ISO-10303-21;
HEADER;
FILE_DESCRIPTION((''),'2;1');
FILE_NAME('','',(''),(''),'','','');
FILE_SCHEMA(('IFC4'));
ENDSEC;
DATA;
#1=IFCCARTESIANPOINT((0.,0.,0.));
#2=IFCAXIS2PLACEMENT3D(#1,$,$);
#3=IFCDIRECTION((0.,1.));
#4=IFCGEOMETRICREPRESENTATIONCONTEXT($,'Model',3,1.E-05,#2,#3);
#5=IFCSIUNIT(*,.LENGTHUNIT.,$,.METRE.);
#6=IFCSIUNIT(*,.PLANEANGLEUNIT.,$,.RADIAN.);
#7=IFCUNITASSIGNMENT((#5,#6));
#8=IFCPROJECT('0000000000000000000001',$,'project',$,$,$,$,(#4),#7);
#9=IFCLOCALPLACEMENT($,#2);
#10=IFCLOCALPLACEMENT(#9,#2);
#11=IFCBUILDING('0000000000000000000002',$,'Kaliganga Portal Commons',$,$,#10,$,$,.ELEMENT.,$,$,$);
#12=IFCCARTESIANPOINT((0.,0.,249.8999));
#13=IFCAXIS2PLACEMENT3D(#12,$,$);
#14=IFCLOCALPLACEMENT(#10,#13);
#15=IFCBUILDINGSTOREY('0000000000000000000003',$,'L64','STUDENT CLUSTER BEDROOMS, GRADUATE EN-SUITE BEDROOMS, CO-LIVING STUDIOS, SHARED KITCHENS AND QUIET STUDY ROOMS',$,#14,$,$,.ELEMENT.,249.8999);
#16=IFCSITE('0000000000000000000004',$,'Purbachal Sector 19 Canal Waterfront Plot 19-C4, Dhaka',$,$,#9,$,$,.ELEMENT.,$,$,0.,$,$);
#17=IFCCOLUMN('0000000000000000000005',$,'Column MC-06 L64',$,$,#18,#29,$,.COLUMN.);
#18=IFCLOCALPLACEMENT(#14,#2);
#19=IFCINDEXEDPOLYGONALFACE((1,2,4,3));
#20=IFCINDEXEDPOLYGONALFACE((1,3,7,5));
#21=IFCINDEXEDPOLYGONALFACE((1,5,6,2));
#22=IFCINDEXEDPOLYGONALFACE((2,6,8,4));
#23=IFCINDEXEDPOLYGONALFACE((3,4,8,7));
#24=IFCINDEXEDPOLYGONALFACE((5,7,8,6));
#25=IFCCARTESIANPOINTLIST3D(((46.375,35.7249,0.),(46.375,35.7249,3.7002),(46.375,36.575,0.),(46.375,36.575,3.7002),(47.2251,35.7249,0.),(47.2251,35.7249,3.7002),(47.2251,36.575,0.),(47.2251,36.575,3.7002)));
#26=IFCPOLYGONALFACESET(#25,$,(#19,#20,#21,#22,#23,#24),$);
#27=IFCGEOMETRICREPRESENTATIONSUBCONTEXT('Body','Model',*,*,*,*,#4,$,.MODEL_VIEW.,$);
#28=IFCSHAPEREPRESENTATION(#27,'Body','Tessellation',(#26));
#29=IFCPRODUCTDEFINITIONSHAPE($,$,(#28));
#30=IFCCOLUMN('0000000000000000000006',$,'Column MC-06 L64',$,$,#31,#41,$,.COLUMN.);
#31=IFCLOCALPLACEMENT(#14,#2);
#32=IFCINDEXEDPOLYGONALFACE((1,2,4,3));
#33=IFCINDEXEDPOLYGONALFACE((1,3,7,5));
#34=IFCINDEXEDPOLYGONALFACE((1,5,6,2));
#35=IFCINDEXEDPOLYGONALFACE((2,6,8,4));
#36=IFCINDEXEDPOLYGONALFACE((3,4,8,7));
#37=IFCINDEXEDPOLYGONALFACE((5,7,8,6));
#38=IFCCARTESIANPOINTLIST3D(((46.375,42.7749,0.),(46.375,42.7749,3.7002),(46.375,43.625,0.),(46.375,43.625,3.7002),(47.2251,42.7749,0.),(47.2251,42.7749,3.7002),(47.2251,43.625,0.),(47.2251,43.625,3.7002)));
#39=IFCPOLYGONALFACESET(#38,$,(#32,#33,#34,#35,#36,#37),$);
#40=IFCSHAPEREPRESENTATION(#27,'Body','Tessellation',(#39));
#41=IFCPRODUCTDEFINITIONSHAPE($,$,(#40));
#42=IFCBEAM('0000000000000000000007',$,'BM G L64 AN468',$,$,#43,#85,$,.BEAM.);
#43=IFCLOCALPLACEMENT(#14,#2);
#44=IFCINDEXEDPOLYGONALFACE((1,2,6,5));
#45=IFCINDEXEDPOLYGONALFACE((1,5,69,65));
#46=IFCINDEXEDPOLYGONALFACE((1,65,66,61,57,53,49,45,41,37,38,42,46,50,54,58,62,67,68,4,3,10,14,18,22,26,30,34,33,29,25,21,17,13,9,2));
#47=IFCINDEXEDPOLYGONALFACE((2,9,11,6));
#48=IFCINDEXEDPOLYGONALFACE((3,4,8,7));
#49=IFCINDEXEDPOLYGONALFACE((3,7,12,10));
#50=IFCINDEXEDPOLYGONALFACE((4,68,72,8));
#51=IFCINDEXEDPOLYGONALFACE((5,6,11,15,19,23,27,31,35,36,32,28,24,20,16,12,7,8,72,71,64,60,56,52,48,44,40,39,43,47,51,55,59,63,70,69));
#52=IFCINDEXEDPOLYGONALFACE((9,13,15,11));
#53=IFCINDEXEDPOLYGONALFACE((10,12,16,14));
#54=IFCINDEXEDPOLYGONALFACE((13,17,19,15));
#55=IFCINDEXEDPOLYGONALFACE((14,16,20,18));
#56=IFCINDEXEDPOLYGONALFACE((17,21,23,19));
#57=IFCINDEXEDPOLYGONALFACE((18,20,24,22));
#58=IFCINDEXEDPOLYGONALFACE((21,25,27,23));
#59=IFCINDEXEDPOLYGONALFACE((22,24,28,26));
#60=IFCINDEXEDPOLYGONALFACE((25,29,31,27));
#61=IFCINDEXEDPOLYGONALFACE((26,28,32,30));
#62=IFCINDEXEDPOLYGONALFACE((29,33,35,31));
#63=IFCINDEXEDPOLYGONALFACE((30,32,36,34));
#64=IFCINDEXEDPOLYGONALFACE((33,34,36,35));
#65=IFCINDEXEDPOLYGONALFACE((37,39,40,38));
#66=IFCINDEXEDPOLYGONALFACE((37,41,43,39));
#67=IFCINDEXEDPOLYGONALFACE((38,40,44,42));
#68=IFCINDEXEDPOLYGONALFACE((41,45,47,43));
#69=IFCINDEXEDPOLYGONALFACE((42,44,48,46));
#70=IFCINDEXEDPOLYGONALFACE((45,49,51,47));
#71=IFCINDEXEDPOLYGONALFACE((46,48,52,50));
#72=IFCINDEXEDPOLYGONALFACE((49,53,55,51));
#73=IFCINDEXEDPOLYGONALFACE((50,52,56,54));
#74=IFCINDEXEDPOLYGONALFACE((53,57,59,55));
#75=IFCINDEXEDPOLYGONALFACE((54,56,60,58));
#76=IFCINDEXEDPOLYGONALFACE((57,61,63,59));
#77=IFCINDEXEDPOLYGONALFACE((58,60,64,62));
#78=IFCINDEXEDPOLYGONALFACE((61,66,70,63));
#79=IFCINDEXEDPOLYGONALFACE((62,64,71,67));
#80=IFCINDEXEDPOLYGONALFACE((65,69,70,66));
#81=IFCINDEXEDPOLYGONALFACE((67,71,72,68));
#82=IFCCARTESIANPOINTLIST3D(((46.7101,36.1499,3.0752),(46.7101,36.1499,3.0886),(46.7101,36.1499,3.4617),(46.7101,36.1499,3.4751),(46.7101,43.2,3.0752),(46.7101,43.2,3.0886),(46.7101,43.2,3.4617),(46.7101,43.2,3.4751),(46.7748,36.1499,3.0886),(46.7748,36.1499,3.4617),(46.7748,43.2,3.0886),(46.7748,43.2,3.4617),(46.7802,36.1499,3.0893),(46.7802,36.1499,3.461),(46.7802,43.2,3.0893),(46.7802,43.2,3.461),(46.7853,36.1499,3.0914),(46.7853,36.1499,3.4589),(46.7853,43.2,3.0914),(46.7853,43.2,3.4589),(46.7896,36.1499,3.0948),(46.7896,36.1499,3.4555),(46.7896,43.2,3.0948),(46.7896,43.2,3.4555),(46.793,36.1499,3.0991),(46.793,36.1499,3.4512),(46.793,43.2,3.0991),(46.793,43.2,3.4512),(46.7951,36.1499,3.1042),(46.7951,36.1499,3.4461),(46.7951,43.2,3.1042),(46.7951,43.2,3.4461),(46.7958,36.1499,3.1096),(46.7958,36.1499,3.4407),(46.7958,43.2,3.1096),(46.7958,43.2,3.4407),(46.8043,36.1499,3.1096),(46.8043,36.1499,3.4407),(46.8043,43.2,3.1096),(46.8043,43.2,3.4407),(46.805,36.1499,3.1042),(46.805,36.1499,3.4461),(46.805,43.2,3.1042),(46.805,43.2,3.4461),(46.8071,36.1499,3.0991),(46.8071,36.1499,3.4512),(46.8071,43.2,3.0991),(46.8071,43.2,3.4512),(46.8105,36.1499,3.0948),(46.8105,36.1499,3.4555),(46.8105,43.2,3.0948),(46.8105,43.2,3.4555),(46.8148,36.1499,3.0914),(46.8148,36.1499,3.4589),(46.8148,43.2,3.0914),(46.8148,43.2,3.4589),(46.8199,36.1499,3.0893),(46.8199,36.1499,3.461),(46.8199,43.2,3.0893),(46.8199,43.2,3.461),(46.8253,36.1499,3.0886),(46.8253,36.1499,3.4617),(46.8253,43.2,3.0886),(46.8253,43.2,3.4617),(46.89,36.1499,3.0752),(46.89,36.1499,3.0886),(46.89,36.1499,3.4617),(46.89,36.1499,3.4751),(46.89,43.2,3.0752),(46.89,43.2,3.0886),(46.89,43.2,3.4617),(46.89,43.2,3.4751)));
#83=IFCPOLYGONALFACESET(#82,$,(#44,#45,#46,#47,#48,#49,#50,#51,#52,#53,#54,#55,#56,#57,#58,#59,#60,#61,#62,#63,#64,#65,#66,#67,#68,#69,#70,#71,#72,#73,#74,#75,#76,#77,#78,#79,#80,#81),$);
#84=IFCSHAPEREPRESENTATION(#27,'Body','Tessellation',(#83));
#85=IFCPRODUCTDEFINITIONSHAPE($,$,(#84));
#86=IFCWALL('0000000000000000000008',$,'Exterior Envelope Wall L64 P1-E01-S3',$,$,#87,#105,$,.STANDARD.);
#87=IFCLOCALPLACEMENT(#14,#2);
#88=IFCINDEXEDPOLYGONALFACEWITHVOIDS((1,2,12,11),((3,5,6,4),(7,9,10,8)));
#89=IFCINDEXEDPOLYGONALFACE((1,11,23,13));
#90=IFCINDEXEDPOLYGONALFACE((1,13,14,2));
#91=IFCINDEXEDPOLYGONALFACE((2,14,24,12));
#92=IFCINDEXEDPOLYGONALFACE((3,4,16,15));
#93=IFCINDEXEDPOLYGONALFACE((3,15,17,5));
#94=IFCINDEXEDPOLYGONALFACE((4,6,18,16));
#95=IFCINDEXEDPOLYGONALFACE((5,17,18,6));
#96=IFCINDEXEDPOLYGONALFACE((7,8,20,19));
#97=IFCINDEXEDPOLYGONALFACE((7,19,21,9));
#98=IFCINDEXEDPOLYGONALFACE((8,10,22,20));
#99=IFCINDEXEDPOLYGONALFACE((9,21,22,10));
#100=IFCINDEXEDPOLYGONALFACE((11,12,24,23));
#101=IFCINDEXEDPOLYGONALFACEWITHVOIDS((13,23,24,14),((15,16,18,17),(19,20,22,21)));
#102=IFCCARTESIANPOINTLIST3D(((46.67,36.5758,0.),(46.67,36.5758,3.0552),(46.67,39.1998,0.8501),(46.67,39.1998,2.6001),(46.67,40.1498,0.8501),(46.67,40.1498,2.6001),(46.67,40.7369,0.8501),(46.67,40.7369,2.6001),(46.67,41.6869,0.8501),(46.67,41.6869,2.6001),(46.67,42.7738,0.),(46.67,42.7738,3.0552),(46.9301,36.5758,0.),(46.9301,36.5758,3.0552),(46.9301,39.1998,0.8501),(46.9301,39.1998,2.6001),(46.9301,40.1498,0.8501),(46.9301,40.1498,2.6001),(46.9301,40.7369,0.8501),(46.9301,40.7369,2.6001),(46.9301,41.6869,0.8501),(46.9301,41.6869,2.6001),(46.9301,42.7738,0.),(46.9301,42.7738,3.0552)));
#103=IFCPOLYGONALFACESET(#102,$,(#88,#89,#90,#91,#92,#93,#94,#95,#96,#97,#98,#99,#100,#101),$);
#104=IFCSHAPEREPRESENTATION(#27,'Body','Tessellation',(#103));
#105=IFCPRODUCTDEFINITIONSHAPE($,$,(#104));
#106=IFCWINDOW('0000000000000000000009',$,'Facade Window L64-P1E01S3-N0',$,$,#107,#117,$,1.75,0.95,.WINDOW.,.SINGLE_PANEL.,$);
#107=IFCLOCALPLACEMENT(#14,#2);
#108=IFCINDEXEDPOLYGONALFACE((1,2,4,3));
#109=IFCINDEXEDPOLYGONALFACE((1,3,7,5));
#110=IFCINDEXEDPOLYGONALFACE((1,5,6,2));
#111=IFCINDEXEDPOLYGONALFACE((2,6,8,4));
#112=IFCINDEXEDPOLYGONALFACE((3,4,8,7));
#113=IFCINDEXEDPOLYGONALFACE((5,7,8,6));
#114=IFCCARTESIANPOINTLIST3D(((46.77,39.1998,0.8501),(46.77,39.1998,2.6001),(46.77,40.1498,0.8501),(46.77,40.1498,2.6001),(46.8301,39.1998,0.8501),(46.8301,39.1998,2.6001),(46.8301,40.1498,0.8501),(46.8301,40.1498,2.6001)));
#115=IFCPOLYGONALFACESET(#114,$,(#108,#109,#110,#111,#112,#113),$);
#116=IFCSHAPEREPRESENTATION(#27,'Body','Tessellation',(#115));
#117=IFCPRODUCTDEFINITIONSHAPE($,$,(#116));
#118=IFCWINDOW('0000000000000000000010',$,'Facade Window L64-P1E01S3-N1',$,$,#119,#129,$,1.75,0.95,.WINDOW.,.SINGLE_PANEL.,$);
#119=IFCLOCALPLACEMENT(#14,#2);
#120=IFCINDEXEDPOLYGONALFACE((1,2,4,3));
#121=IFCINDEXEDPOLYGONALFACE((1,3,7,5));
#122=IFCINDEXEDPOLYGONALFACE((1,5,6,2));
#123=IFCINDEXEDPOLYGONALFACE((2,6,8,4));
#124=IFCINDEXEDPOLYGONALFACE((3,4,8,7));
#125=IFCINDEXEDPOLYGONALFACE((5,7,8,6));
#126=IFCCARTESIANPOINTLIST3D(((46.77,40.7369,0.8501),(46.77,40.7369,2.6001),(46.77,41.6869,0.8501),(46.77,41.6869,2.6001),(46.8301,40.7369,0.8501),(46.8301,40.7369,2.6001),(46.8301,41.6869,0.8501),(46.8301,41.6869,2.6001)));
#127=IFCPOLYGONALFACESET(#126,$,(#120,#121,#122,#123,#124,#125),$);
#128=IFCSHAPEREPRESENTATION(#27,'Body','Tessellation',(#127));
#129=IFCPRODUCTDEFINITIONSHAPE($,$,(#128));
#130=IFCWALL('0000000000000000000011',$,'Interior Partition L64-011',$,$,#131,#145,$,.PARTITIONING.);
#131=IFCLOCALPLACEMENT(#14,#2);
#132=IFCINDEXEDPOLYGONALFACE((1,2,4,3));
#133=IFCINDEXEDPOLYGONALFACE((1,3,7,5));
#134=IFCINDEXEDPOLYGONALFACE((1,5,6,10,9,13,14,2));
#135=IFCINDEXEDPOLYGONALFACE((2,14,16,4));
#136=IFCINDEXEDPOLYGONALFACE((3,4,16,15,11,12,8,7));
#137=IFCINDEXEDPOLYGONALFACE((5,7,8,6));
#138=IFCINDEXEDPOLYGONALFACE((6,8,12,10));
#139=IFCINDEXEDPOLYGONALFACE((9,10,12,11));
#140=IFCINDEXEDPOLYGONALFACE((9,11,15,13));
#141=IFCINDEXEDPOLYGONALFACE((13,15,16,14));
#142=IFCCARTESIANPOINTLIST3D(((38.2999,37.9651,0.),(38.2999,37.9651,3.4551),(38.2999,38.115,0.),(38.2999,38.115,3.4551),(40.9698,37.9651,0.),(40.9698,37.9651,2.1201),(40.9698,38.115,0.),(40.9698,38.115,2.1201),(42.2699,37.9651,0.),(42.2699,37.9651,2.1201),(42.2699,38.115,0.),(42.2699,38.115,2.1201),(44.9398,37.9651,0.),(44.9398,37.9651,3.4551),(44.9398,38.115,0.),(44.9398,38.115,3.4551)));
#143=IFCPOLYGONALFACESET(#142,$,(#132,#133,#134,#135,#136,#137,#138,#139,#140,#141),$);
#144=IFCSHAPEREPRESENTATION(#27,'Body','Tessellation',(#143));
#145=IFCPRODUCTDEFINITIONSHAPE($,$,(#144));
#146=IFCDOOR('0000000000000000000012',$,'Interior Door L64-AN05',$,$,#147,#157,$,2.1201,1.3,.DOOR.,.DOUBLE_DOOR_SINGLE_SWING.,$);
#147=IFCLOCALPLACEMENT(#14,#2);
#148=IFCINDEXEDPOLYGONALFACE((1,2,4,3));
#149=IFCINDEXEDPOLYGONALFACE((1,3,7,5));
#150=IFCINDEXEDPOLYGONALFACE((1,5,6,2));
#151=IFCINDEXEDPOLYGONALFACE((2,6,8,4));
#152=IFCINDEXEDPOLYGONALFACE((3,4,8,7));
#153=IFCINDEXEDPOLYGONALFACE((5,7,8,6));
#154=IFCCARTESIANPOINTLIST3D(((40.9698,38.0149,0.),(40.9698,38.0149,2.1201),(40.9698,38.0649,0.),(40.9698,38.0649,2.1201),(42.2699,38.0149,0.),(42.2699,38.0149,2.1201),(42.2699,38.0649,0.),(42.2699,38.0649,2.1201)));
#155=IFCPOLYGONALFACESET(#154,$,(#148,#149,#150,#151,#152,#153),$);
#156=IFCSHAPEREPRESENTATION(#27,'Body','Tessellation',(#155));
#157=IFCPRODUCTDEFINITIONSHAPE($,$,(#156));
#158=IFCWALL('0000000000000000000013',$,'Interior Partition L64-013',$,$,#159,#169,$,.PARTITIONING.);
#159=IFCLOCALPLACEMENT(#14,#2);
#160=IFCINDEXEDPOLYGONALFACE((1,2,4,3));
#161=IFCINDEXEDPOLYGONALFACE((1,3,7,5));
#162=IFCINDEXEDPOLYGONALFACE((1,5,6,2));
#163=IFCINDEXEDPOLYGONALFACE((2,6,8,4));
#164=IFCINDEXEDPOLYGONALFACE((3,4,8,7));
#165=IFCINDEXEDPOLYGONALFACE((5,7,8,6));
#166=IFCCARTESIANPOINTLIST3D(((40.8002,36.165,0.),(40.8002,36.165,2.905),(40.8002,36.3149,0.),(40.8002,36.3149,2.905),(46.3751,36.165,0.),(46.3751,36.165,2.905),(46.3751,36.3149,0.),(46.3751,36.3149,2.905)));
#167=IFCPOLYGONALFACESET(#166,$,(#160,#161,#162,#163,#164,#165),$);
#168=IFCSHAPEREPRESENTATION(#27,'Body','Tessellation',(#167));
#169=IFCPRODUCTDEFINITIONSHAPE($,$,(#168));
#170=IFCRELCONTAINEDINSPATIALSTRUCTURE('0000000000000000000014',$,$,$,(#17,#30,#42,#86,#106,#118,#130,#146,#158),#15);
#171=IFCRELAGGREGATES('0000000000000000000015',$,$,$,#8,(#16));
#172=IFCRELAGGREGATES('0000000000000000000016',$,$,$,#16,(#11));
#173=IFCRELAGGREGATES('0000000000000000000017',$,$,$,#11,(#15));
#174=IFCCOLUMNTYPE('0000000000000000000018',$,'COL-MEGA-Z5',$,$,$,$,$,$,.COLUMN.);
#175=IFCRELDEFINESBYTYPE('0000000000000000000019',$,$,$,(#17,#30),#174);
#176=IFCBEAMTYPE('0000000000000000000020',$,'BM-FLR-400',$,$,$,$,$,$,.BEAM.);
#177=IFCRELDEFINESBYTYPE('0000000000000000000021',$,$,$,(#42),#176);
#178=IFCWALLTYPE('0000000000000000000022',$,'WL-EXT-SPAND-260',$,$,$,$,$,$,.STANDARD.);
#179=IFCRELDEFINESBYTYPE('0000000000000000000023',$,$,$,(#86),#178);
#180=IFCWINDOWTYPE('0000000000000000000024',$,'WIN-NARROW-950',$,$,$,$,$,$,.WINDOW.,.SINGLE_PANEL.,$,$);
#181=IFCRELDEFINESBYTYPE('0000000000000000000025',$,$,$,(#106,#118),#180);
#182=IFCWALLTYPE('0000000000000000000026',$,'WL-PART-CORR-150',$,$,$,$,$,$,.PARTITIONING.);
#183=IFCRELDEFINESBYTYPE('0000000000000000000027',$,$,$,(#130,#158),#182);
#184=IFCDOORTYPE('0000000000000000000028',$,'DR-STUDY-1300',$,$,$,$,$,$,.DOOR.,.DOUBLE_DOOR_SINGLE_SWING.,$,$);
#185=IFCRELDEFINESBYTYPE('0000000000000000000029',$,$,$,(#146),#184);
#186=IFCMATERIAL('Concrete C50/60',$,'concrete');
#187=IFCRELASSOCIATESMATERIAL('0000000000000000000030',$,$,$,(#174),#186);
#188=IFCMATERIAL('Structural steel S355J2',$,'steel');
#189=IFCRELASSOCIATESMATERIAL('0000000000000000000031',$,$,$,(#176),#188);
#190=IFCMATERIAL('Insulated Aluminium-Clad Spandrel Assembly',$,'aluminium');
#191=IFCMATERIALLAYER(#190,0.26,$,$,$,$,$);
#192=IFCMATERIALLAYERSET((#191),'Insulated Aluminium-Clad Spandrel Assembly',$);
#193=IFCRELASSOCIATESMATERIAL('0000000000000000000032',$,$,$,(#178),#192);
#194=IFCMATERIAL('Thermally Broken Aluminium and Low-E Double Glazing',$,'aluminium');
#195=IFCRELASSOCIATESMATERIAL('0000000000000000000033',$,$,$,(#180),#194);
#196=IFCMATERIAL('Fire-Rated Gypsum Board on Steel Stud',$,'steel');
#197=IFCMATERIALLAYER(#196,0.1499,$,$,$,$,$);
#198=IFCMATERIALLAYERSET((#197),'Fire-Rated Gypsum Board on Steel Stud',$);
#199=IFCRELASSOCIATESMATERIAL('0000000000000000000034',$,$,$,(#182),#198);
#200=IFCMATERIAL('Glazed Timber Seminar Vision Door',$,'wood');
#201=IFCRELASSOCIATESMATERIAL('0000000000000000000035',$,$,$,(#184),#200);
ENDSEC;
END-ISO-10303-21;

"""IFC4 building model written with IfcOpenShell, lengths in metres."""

from ifc_helpers import new_model, si_unit, direction, frame, frame_2d, origin, origin_2d, place, context, subcontext, project, spatial, rectangle, i_section, extrude, source, transform, mapped, material, layer, layer_set, material_profile, profile_set, type_object, element, fill, save


model = new_model("IFC4")

# Units and contexts
model_context = context("Model", 3, precision=1e-05, world=origin(), true_north=direction((0.0, 1.0)))
body_context = subcontext(model_context, "Body", "Model", "MODEL_VIEW")
ifc_project = project(units=[si_unit("LENGTHUNIT", "METRE"), si_unit("PLANEANGLEUNIT", "RADIAN")], contexts=[model_context])

# Site, building, storey
site_placement = place(None, origin())
site = spatial("IfcSite", under=ifc_project, at=site_placement, Name="Purbachal Sector 19 Canal Waterfront Plot 19-C4, Dhaka", CompositionType="ELEMENT", RefElevation=0.0)
building_placement = place(site_placement, origin())
building = spatial("IfcBuilding", under=site, at=building_placement, Name="Kaliganga Portal Commons", CompositionType="ELEMENT")
storey_placement = place(building_placement, frame((0.0, 0.0, 249.8999)))
storey = spatial("IfcBuildingStorey", under=building, at=storey_placement, Name="L64", Description="STUDENT CLUSTER BEDROOMS, GRADUATE EN-SUITE BEDROOMS, CO-LIVING STUDIOS, SHARED KITCHENS AND QUIET STUDY ROOMS", CompositionType="ELEMENT", Elevation=249.8999)

# Columns
ifc_material_1 = material(Name="Concrete C50/60", Category="concrete")
ifc_material_profile_1 = material_profile(ifc_material_1, rectangle(XDim=0.8501, YDim=0.8501, at=origin_2d()), Name="RC 850x850")
ifc_profile_set_1 = profile_set([ifc_material_profile_1], Name="Concrete C50/60")
column_type = type_object("IfcColumnType", Name="COL-MEGA-Z5", PredefinedType="COLUMN", material=ifc_profile_set_1)
shared_shape_1 = source(origin(), body_context, "Body", "SweptSolid", [
    extrude(rectangle(XDim=0.8501, YDim=0.8501, at=origin_2d()), origin(), (0.0, 0.0, 1.0), 3.7002),
])
for number, where, z_axis, x_axis, name in (
    (1, (46.8, 36.1499, 0.0), (0.0, 0.0, 1.0), (1.0, 0.0, 0.0), "Column MC-06 L64"),
    (2, (46.8, 43.2, 0.0), (0.0, 0.0, 1.0), (1.0, 0.0, 0.0), "Column MC-06 L64"),
):
    element("IfcColumn", number, at=place(storey_placement, frame(where, z_axis=z_axis, x_axis=x_axis)), inside=storey, type_object=column_type, Name=name, PredefinedType="COLUMN", context=body_context, shape_type="MappedRepresentation", body=[
        mapped(shared_shape_1, transform((0.0, 0.0, 0.0), x_axis=(1.0, 0.0, 0.0), y_axis=(0.0, 1.0, 0.0), z_axis=(0.0, 0.0, 1.0), scale=1.0)),
    ])

# Beam
ifc_material_2 = material(Name="Structural steel S355J2", Category="steel")
ifc_material_profile_2 = material_profile(ifc_material_2, i_section(OverallWidth=0.1799, OverallDepth=0.3999, WebThickness=0.0085, FlangeThickness=0.0134, FilletRadius=0.021, at=origin_2d()), Name="IPE 400")
ifc_profile_set_2 = profile_set([ifc_material_profile_2], Name="Structural steel S355J2 wide-flange")
beam_type = type_object("IfcBeamType", Name="BM-FLR-400", PredefinedType="BEAM", material=ifc_profile_set_2)
shared_shape_2 = source(origin(), body_context, "Body", "SweptSolid", [
    extrude(i_section(OverallWidth=0.1799, OverallDepth=0.3999, WebThickness=0.0085, FlangeThickness=0.0134, FilletRadius=0.021, at=origin_2d()), origin(), (0.0, 0.0, 1.0), 7.05),
])
beam_placement = place(storey_placement, frame((46.8, 36.1499, 3.2751), z_axis=(0.0, 1.0, 0.0), x_axis=(-1.0, 0.0, 0.0)))
element("IfcBeam", 3, at=beam_placement, inside=storey, type_object=beam_type, Name="BM G L64 AN468", PredefinedType="BEAM", context=body_context, shape_type="MappedRepresentation", body=[
    mapped(shared_shape_2, transform((0.0, 0.0, 0.0), x_axis=(1.0, 0.0, 0.0), y_axis=(0.0, 1.0, 0.0), z_axis=(0.0, 0.0, 1.0), scale=1.0)),
])

# Wall, openings, windows
ifc_material_3 = material(Name="Insulated Aluminium-Clad Spandrel Assembly", Category="aluminium")
ifc_layer_1 = layer(ifc_material_3, 0.26)
ifc_layer_set_1 = layer_set([ifc_layer_1], Name="Insulated Aluminium-Clad Spandrel Assembly")
wall_type_1 = type_object("IfcWallType", Name="WL-EXT-SPAND-260", PredefinedType="STANDARD", material=ifc_layer_set_1)
wall_1_placement = place(storey_placement, frame((46.8, 42.7739, 0.0), z_axis=(0.0, 0.0, 1.0), x_axis=(0.0, -1.0, 0.0)))
wall_1 = element("IfcWall", 4, at=wall_1_placement, inside=storey, type_object=wall_type_1, Name="Exterior Envelope Wall L64 P1-E01-S3", PredefinedType="STANDARD", context=body_context, shape_type="SweptSolid", body=[
    extrude(rectangle(XDim=6.198, YDim=0.26, at=frame_2d((3.0991, 0.0))), origin(), (0.0, 0.0, 1.0), 3.0552),
])
opening_1_placement = place(wall_1_placement, frame((2.624, 0.0, 0.8501)))
opening_1 = element("IfcOpeningElement", 5, at=opening_1_placement, cuts=wall_1, PredefinedType="OPENING", context=body_context, shape_type="SweptSolid", body=[
    extrude(rectangle(XDim=0.95, YDim=1.75, at=frame_2d((0.4751, 0.875))), frame((0.0, 0.1401, 0.0), z_axis=(0.0, -1.0, 0.0), x_axis=(1.0, 0.0, 0.0)), (0.0, 0.0, 1.0), 0.28),
])
opening_2_placement = place(wall_1_placement, frame((1.0869, 0.0, 0.8501)))
opening_2 = element("IfcOpeningElement", 6, at=opening_2_placement, cuts=wall_1, PredefinedType="OPENING", context=body_context, shape_type="SweptSolid", body=[
    extrude(rectangle(XDim=0.95, YDim=1.75, at=frame_2d((0.4751, 0.875))), frame((0.0, 0.1401, 0.0), z_axis=(0.0, -1.0, 0.0), x_axis=(1.0, 0.0, 0.0)), (0.0, 0.0, 1.0), 0.28),
])
ifc_material_4 = material(Name="Thermally Broken Aluminium and Low-E Double Glazing", Category="aluminium")
window_type = type_object("IfcWindowType", Name="WIN-NARROW-950", PartitioningType="SINGLE_PANEL", PredefinedType="WINDOW", material=ifc_material_4)
window_1_placement = place(opening_1_placement, origin())
window_1 = element("IfcWindow", 7, at=window_1_placement, inside=storey, type_object=window_type, Name="Facade Window L64-P1E01S3-N0", OverallHeight=1.75, OverallWidth=0.95, PartitioningType="SINGLE_PANEL", PredefinedType="WINDOW", context=body_context, shape_type="SweptSolid", body=[
    extrude(rectangle(XDim=0.95, YDim=1.75, at=frame_2d((0.4751, 0.875))), frame((0.0, 0.03, 0.0), z_axis=(0.0, -1.0, 0.0), x_axis=(1.0, 0.0, 0.0)), (0.0, 0.0, 1.0), 0.0601),
])
fill(opening_1, window_1)
window_2_placement = place(opening_2_placement, origin())
window_2 = element("IfcWindow", 8, at=window_2_placement, inside=storey, type_object=window_type, Name="Facade Window L64-P1E01S3-N1", OverallHeight=1.75, OverallWidth=0.95, PartitioningType="SINGLE_PANEL", PredefinedType="WINDOW", context=body_context, shape_type="SweptSolid", body=[
    extrude(rectangle(XDim=0.95, YDim=1.75, at=frame_2d((0.4751, 0.875))), frame((0.0, 0.03, 0.0), z_axis=(0.0, -1.0, 0.0), x_axis=(1.0, 0.0, 0.0)), (0.0, 0.0, 1.0), 0.0601),
])
fill(opening_2, window_2)

# Wall, opening, door
ifc_material_5 = material(Name="Fire-Rated Gypsum Board on Steel Stud", Category="steel")
ifc_layer_2 = layer(ifc_material_5, 0.1499)
ifc_layer_set_2 = layer_set([ifc_layer_2], Name="Fire-Rated Gypsum Board on Steel Stud")
wall_type_2 = type_object("IfcWallType", Name="WL-PART-CORR-150", PredefinedType="PARTITIONING", material=ifc_layer_set_2)
wall_2_placement = place(storey_placement, frame((38.3, 38.04, 0.0), z_axis=(0.0, 0.0, 1.0), x_axis=(1.0, 0.0, 0.0)))
wall_2 = element("IfcWall", 9, at=wall_2_placement, inside=storey, type_object=wall_type_2, Name="Interior Partition L64-011", PredefinedType="PARTITIONING", context=body_context, shape_type="SweptSolid", body=[
    extrude(rectangle(XDim=6.6399, YDim=0.1499, at=frame_2d((3.3198, 0.0))), origin(), (0.0, 0.0, 1.0), 3.4551),
])
opening_3_placement = place(wall_2_placement, frame((2.6699, 0.0, 0.0)))
opening_3 = element("IfcOpeningElement", 10, at=opening_3_placement, cuts=wall_2, PredefinedType="OPENING", context=body_context, shape_type="SweptSolid", body=[
    extrude(rectangle(XDim=1.3, YDim=2.1201, at=frame_2d((0.6499, 1.0601))), frame((0.0, 0.085, 0.0), z_axis=(0.0, -1.0, 0.0), x_axis=(1.0, 0.0, 0.0)), (0.0, 0.0, 1.0), 0.1699),
])
ifc_material_6 = material(Name="Glazed Timber Seminar Vision Door", Category="wood")
door_type_1 = type_object("IfcDoorType", Name="DR-STUDY-1300", OperationType="DOUBLE_DOOR_SINGLE_SWING", PredefinedType="DOOR", material=ifc_material_6)
door_1_placement = place(opening_3_placement, origin())
door_1 = element("IfcDoor", 11, at=door_1_placement, inside=storey, type_object=door_type_1, Name="Interior Door L64-AN05", OperationType="DOUBLE_DOOR_SINGLE_SWING", OverallHeight=2.1201, OverallWidth=1.3, PredefinedType="DOOR", context=body_context, shape_type="SweptSolid", body=[
    extrude(rectangle(XDim=1.3, YDim=2.1201, at=frame_2d((0.6499, 1.0601))), frame((0.0, 0.0249, 0.0), z_axis=(0.0, -1.0, 0.0), x_axis=(1.0, 0.0, 0.0)), (0.0, 0.0, 1.0), 0.05),
])
fill(opening_3, door_1)

# Wall
wall_3_placement = place(storey_placement, frame((40.8, 36.24, 0.0), z_axis=(0.0, 0.0, 1.0), x_axis=(1.0, 0.0, 0.0)))
element("IfcWall", 12, at=wall_3_placement, inside=storey, type_object=wall_type_2, Name="Interior Partition L64-013", PredefinedType="PARTITIONING", context=body_context, shape_type="SweptSolid", body=[
    extrude(rectangle(XDim=5.575, YDim=0.1499, at=frame_2d((2.7876, 0.0))), origin(), (0.0, 0.0, 1.0), 2.905),
])

save(model, "model.ifc")
